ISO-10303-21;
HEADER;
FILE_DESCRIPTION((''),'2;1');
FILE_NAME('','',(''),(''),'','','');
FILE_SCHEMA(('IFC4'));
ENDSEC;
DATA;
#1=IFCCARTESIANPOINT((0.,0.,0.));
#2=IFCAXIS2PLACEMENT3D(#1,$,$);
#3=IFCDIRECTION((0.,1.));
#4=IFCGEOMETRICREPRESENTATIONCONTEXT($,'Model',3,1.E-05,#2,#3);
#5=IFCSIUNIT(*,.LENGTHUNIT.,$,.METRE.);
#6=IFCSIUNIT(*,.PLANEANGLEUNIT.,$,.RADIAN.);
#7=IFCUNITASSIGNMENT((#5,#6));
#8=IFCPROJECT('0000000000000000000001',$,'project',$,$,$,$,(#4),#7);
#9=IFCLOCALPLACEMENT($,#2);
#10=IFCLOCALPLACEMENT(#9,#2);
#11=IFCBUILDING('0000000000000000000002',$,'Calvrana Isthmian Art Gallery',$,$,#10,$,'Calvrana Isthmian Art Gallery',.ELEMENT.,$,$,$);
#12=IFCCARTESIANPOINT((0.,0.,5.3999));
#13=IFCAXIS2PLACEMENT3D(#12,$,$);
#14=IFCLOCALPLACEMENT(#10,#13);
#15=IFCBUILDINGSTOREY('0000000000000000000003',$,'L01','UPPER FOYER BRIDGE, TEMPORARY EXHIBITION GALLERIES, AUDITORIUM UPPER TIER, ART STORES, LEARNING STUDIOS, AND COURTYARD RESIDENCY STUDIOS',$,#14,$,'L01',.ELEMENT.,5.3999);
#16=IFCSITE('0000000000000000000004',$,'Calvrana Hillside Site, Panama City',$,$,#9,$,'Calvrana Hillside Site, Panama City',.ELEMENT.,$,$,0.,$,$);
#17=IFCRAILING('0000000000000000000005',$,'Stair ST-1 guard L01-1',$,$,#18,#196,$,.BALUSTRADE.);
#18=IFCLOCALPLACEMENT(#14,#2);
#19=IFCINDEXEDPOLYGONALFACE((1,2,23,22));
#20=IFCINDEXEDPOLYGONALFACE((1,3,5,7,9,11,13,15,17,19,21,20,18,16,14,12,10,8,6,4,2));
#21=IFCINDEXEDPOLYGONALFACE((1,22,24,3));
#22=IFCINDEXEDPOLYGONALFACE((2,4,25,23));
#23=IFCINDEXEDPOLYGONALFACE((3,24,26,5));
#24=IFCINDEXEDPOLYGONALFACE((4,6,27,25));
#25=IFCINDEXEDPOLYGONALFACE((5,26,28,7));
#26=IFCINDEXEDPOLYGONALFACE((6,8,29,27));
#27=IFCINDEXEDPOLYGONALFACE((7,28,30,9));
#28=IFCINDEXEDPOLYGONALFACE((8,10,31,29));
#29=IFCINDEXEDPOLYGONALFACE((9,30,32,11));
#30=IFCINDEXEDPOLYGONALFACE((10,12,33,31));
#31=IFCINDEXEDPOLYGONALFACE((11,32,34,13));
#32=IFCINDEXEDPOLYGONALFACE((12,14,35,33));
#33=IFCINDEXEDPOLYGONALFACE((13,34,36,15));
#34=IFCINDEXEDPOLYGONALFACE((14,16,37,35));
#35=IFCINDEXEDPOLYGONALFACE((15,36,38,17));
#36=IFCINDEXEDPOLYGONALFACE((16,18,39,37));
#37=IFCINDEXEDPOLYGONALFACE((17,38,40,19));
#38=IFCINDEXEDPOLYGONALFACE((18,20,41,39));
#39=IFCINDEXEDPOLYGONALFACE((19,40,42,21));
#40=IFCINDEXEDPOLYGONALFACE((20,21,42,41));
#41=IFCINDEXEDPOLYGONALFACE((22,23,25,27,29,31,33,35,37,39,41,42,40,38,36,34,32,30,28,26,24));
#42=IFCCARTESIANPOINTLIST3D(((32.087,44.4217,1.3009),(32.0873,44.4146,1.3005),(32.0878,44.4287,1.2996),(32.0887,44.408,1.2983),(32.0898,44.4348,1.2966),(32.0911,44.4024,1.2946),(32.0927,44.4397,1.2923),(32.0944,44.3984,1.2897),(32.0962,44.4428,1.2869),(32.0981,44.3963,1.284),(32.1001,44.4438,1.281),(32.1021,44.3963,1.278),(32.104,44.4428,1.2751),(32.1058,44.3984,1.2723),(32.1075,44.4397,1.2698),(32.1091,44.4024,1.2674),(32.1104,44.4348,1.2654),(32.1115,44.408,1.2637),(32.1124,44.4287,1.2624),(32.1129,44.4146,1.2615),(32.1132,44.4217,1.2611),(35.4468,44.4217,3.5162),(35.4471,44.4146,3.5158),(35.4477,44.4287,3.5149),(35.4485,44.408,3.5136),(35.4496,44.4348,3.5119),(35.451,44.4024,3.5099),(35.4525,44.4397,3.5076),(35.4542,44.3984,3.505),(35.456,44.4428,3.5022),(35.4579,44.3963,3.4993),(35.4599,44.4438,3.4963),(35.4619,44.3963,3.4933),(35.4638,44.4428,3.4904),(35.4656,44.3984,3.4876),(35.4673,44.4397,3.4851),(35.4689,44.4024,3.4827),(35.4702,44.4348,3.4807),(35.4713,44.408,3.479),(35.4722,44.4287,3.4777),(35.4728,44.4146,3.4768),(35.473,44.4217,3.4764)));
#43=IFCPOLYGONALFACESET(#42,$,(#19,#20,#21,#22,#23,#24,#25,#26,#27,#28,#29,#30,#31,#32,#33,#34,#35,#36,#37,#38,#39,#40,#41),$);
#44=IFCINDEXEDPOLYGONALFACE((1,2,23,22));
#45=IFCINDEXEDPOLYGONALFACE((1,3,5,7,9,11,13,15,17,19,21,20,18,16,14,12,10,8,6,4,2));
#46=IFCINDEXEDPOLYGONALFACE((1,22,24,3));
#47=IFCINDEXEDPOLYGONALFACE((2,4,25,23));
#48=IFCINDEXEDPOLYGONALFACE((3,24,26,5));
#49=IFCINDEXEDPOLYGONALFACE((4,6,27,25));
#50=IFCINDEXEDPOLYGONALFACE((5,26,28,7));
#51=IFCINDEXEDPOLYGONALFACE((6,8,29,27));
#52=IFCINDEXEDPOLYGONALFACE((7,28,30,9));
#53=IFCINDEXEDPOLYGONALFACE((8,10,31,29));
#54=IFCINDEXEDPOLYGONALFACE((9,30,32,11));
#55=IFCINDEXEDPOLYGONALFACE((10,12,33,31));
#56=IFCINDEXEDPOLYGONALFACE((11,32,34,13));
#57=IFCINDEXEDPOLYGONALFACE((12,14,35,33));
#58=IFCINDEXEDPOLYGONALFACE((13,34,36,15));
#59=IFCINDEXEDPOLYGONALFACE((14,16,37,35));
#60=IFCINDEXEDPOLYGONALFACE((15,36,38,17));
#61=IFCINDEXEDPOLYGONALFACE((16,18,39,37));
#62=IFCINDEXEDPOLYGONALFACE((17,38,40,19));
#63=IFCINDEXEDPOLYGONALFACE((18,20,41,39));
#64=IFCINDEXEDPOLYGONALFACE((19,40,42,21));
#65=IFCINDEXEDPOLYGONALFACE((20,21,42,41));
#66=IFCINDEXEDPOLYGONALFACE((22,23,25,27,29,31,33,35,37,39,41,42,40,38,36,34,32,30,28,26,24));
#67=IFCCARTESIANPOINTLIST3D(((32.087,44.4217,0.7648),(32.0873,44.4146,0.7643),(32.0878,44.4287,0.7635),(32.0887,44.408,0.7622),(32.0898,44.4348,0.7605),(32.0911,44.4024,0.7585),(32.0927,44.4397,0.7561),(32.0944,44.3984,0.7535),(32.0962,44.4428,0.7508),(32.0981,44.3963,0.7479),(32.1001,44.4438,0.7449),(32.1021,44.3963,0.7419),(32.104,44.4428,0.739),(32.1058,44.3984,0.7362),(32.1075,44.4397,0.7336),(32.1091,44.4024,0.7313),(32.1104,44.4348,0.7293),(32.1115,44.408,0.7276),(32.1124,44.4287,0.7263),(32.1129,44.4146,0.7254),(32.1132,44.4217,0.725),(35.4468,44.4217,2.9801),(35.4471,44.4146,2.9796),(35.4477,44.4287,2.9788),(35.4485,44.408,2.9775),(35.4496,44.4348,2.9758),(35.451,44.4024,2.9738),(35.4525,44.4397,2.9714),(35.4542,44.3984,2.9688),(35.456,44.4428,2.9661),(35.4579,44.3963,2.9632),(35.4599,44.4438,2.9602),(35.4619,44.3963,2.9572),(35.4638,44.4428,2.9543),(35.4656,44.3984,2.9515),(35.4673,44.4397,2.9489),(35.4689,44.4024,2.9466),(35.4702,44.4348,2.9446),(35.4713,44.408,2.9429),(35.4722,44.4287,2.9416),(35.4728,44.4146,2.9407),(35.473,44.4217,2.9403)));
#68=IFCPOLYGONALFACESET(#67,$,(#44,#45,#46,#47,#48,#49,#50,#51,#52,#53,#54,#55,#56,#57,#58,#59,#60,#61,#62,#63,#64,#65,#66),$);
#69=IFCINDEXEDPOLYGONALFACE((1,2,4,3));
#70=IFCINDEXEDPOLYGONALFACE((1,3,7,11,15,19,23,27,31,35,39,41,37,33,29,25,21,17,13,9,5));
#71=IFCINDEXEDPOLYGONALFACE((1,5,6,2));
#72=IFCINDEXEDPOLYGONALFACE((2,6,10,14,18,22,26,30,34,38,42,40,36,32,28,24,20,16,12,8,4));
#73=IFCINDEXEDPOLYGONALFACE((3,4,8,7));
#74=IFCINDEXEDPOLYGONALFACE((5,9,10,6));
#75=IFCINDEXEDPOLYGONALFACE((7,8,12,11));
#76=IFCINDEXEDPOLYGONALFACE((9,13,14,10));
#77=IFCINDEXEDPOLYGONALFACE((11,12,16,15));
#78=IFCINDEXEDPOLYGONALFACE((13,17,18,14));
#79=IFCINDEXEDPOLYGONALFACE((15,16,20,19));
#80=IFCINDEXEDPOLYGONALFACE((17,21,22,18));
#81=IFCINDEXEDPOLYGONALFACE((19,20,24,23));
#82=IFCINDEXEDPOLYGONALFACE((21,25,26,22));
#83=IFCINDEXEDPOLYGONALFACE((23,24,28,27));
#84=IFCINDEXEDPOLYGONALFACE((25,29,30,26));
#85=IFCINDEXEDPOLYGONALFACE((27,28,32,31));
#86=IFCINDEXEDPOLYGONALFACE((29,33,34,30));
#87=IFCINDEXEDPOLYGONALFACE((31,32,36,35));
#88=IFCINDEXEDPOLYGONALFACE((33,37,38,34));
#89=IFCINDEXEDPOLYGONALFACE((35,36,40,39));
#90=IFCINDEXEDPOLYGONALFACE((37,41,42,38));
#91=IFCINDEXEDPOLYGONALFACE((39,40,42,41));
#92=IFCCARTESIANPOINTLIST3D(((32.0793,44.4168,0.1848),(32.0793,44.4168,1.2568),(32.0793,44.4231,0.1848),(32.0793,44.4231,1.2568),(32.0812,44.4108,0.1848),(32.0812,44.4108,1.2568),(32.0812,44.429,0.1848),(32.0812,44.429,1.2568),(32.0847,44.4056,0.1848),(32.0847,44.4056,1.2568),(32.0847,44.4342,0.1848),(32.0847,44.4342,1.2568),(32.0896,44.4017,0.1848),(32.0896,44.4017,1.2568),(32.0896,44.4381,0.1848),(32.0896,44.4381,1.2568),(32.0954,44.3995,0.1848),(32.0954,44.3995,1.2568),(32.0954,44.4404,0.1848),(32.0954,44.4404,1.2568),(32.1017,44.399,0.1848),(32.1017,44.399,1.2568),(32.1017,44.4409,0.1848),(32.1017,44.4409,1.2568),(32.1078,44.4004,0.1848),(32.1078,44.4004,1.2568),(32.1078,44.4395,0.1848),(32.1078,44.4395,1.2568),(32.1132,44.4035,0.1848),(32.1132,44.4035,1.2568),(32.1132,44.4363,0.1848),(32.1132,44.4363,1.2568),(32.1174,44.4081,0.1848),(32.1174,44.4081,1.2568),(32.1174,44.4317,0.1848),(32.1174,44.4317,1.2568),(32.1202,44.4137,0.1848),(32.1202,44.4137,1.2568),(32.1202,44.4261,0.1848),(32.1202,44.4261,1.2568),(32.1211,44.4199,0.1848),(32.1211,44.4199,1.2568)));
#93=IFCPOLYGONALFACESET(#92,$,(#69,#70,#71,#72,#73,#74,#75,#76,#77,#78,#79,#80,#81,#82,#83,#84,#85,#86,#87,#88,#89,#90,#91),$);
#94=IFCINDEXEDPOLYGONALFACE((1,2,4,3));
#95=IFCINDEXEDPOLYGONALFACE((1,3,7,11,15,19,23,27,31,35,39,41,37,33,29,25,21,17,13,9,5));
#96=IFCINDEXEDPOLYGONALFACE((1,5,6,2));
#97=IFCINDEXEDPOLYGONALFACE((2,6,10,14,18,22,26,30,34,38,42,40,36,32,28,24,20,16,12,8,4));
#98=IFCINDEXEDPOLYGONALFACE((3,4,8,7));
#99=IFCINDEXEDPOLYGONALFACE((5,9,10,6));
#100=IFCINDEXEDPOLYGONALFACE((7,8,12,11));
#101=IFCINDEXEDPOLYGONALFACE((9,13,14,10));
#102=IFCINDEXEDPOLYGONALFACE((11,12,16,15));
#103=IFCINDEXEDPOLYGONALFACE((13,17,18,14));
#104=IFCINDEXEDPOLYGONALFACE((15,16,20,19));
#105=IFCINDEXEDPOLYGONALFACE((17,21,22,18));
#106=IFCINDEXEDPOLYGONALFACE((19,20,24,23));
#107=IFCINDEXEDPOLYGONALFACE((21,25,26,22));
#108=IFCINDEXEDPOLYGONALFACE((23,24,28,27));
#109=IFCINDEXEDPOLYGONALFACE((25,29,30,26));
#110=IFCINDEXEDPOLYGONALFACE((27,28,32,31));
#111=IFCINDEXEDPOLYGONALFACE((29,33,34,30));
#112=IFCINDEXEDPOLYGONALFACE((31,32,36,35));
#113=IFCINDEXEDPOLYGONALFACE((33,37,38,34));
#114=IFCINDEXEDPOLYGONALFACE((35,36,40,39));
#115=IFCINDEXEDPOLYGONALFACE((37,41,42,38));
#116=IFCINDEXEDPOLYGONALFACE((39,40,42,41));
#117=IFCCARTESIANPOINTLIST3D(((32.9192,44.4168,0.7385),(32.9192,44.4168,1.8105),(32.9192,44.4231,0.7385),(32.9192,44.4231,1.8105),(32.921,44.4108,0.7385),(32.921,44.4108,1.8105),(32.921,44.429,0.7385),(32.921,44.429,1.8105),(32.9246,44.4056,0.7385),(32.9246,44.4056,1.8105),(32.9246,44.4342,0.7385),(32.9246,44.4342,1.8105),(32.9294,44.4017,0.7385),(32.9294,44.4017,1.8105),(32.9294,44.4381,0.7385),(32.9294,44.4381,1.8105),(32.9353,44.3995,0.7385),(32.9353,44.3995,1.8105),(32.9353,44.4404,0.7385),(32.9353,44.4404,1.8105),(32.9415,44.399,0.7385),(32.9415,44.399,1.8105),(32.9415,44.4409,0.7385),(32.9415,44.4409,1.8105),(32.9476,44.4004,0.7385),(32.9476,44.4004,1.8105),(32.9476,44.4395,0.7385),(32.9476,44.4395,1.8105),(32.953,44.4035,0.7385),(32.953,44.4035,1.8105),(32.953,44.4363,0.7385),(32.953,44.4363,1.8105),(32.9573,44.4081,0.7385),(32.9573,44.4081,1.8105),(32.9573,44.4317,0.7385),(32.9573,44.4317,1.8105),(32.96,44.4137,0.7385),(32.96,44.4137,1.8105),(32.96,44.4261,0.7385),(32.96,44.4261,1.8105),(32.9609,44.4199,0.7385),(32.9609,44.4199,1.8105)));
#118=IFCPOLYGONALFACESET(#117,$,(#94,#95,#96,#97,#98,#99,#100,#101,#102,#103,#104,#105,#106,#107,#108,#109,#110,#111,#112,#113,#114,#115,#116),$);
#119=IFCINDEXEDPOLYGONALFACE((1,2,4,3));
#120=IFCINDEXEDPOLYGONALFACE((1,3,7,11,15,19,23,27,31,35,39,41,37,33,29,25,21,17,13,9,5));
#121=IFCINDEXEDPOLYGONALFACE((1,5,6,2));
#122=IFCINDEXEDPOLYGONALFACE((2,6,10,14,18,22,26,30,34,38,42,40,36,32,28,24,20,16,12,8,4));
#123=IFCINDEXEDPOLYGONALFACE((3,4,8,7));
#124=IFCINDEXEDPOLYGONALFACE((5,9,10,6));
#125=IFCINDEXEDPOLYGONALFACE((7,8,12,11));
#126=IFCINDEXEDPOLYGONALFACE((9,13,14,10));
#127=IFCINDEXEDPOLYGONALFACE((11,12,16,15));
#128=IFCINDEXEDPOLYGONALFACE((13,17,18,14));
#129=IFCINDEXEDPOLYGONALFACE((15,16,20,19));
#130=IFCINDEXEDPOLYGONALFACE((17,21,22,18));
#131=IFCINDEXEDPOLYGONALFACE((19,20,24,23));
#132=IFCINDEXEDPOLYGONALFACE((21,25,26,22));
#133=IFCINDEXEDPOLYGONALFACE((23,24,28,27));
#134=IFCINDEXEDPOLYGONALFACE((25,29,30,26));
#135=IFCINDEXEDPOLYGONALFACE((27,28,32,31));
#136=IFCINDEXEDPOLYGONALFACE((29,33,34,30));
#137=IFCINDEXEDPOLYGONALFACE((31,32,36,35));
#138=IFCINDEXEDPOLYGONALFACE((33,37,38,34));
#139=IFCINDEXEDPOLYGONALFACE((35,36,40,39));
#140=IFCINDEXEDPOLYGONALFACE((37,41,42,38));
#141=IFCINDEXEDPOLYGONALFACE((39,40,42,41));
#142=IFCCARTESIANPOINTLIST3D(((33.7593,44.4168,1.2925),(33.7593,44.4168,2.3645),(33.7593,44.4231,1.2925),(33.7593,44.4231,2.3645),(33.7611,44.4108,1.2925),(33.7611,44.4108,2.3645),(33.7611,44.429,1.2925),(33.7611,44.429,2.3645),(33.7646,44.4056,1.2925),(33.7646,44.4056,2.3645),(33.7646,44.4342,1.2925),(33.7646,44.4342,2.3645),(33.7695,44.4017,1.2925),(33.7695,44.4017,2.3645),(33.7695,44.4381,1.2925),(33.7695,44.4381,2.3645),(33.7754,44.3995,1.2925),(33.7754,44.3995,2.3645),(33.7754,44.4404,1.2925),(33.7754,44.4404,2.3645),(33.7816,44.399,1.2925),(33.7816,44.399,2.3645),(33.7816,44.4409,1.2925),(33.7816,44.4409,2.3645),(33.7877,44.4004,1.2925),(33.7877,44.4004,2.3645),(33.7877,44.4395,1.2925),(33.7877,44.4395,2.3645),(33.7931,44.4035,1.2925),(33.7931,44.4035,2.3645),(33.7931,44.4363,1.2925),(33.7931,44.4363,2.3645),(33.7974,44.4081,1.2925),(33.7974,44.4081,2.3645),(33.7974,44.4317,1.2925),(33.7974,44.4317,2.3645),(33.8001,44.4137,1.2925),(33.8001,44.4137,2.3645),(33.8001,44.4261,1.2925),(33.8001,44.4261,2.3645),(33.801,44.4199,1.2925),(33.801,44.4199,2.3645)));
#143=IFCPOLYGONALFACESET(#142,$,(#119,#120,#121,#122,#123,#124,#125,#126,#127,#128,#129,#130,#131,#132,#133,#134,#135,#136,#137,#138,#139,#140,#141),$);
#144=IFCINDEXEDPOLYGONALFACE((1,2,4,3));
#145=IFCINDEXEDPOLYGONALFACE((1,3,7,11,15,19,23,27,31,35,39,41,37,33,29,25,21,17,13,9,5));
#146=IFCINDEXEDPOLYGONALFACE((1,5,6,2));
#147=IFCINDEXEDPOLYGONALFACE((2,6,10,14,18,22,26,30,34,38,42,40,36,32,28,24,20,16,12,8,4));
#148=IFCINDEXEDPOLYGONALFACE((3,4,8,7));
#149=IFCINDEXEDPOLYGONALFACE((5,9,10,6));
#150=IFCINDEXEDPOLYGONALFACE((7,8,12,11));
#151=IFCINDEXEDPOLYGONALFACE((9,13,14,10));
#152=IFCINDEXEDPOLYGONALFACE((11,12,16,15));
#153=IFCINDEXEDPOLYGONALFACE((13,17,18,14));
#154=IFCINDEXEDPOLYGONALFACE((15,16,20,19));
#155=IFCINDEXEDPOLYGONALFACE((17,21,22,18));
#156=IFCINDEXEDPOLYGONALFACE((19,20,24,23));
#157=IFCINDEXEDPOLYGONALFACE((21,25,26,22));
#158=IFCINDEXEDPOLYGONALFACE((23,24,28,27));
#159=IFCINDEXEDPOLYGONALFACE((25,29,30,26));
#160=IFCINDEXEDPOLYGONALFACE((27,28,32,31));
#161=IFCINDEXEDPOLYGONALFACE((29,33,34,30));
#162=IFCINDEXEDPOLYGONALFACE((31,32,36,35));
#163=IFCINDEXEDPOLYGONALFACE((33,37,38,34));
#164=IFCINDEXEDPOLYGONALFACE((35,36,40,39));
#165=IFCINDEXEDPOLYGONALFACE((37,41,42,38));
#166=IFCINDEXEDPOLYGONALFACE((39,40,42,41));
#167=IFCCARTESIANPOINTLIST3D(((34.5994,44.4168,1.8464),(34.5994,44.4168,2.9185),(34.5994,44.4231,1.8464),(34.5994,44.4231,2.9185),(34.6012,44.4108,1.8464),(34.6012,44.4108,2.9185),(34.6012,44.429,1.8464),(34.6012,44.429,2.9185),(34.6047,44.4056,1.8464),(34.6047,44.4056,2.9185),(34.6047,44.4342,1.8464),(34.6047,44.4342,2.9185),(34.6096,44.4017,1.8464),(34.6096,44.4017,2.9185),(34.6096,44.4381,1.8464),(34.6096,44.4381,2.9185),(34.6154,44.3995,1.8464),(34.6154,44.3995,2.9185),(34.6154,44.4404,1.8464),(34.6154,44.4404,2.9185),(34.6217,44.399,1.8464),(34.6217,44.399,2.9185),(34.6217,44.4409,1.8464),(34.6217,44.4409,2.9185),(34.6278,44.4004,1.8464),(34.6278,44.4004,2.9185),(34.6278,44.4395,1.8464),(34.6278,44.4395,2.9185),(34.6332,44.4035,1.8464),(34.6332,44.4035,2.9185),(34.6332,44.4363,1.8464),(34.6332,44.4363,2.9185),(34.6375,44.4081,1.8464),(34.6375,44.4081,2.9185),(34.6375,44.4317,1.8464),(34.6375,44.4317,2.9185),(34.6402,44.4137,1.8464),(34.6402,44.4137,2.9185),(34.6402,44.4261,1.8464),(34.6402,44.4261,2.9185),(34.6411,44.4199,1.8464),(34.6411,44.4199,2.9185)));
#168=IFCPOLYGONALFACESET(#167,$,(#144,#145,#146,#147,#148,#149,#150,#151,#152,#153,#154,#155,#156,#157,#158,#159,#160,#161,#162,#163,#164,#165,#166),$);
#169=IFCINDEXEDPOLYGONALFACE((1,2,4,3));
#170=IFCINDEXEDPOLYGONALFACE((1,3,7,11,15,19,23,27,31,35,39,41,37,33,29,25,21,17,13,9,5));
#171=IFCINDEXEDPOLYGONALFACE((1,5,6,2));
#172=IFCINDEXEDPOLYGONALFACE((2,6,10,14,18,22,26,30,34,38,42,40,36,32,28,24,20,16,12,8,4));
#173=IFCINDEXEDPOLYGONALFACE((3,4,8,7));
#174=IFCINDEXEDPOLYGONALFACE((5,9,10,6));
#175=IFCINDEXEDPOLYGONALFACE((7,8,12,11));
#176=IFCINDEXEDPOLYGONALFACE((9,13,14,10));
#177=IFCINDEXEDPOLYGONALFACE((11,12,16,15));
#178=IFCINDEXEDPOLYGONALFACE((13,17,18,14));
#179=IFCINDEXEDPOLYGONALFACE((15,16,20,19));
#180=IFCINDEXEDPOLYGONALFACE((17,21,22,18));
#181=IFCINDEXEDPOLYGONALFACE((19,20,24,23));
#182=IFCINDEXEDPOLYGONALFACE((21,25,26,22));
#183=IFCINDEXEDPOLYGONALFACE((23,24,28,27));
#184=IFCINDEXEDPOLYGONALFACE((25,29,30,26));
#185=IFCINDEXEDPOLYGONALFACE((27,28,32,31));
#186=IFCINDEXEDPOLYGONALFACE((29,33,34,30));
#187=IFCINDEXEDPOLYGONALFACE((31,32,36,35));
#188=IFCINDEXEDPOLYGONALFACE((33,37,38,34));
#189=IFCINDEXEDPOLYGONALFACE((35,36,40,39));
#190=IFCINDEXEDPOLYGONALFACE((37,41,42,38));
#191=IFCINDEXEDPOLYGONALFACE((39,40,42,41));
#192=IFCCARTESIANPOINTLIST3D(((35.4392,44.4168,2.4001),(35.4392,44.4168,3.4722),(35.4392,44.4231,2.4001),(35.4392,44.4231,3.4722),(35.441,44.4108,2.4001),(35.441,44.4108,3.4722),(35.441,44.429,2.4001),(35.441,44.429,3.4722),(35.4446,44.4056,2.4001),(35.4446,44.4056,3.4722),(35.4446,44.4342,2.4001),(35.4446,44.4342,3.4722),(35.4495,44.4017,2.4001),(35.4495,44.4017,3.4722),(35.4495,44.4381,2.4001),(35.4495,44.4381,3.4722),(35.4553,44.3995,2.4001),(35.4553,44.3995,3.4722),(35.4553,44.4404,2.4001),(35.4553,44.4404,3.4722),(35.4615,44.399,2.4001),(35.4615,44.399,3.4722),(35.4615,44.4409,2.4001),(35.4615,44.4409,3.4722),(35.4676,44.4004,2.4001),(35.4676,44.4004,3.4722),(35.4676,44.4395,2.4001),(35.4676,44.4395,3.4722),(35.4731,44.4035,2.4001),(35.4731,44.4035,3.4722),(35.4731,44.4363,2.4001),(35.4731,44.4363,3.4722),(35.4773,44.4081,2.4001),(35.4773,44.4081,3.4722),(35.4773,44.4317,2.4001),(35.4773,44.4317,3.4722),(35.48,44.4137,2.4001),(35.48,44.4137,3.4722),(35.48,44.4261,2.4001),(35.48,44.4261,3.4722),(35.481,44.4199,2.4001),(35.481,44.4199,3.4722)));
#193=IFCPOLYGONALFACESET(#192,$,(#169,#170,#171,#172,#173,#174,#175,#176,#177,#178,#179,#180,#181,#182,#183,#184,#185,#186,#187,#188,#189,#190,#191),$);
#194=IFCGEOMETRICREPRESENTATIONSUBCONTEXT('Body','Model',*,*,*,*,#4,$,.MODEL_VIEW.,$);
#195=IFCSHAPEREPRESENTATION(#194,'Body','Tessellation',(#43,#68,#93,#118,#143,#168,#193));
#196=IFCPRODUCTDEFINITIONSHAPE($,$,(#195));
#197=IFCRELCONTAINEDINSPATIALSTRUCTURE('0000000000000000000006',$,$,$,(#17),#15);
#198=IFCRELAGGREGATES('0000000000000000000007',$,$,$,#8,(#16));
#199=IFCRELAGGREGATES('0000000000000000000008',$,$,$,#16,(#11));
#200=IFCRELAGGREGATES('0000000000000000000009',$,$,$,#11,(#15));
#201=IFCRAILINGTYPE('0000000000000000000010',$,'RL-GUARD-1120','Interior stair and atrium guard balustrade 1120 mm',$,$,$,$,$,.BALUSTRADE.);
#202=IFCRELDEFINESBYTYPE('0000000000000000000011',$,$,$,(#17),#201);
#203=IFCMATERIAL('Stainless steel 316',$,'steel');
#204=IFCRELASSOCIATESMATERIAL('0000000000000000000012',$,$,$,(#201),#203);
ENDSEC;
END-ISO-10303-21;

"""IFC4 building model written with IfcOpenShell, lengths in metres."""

from ifc_helpers import new_model, si_unit, direction, frame, origin, origin_2d, place, context, subcontext, project, spatial, circle, extrude, material, type_object, element, save


model = new_model("IFC4")

# Units and contexts
model_context = context("Model", 3, precision=1e-05, world=origin(), true_north=direction((0.0, 1.0)))
body_context = subcontext(model_context, "Body", "Model", "MODEL_VIEW")
ifc_project = project(units=[si_unit("LENGTHUNIT", "METRE"), si_unit("PLANEANGLEUNIT", "RADIAN")], contexts=[model_context])

# Site, building, storey
site_placement = place(None, origin())
site = spatial("IfcSite", under=ifc_project, at=site_placement, Name="Calvrana Hillside Site, Panama City", LongName="Calvrana Hillside Site, Panama City", CompositionType="ELEMENT", RefElevation=0.0)
building_placement = place(site_placement, origin())
building = spatial("IfcBuilding", under=site, at=building_placement, Name="Calvrana Isthmian Art Gallery", LongName="Calvrana Isthmian Art Gallery", CompositionType="ELEMENT")
storey_placement = place(building_placement, frame((0.0, 0.0, 5.3999)))
storey = spatial("IfcBuildingStorey", under=building, at=storey_placement, Name="L01", Description="UPPER FOYER BRIDGE, TEMPORARY EXHIBITION GALLERIES, AUDITORIUM UPPER TIER, ART STORES, LEARNING STUDIOS, AND COURTYARD RESIDENCY STUDIOS", LongName="L01", CompositionType="ELEMENT", Elevation=5.3999)

# Railing
ifc_material_1 = material(Name="Stainless steel 316", Category="steel")
railing_type_1 = type_object("IfcRailingType", Name="RL-GUARD-1120", Description="Interior stair and atrium guard balustrade 1120 mm", PredefinedType="BALUSTRADE", material=ifc_material_1)
railing_1_placement = place(storey_placement, frame((32.1001, 44.4199, 0.1848)))
element("IfcRailing", 1, at=railing_1_placement, inside=storey, type_object=railing_type_1, Name="Stair ST-1 guard L01-1", PredefinedType="BALUSTRADE", context=body_context, shape_type="SweptSolid", body=[
    extrude(circle(Radius=0.0239, at=origin_2d()), frame((0.0, 0.0, 1.0962), z_axis=(0.834858, 0.0, 0.550465), x_axis=(0.0, 1.0, 0.0)), (0.0, 0.0, 1.0), 4.0244),
    extrude(circle(Radius=0.0239, at=origin_2d()), frame((0.0, 0.0, 0.5601), z_axis=(0.834858, 0.0, 0.550465), x_axis=(0.0, 1.0, 0.0)), (0.0, 0.0, 1.0), 4.0244),
    extrude(circle(Radius=0.021, at=origin_2d()), origin(), (0.0, 0.0, 1.0), 1.072),
    extrude(circle(Radius=0.021, at=origin_2d()), frame((0.8398, 0.0, 0.5537)), (0.0, 0.0, 1.0), 1.072),
    extrude(circle(Radius=0.021, at=origin_2d()), frame((1.6799, 0.0, 1.1077)), (0.0, 0.0, 1.0), 1.072),
    extrude(circle(Radius=0.021, at=origin_2d()), frame((2.52, 0.0, 1.6616)), (0.0, 0.0, 1.0), 1.072),
    extrude(circle(Radius=0.021, at=origin_2d()), frame((3.3599, 0.0, 2.2153)), (0.0, 0.0, 1.0), 1.072),
])

save(model, "model.ifc")
